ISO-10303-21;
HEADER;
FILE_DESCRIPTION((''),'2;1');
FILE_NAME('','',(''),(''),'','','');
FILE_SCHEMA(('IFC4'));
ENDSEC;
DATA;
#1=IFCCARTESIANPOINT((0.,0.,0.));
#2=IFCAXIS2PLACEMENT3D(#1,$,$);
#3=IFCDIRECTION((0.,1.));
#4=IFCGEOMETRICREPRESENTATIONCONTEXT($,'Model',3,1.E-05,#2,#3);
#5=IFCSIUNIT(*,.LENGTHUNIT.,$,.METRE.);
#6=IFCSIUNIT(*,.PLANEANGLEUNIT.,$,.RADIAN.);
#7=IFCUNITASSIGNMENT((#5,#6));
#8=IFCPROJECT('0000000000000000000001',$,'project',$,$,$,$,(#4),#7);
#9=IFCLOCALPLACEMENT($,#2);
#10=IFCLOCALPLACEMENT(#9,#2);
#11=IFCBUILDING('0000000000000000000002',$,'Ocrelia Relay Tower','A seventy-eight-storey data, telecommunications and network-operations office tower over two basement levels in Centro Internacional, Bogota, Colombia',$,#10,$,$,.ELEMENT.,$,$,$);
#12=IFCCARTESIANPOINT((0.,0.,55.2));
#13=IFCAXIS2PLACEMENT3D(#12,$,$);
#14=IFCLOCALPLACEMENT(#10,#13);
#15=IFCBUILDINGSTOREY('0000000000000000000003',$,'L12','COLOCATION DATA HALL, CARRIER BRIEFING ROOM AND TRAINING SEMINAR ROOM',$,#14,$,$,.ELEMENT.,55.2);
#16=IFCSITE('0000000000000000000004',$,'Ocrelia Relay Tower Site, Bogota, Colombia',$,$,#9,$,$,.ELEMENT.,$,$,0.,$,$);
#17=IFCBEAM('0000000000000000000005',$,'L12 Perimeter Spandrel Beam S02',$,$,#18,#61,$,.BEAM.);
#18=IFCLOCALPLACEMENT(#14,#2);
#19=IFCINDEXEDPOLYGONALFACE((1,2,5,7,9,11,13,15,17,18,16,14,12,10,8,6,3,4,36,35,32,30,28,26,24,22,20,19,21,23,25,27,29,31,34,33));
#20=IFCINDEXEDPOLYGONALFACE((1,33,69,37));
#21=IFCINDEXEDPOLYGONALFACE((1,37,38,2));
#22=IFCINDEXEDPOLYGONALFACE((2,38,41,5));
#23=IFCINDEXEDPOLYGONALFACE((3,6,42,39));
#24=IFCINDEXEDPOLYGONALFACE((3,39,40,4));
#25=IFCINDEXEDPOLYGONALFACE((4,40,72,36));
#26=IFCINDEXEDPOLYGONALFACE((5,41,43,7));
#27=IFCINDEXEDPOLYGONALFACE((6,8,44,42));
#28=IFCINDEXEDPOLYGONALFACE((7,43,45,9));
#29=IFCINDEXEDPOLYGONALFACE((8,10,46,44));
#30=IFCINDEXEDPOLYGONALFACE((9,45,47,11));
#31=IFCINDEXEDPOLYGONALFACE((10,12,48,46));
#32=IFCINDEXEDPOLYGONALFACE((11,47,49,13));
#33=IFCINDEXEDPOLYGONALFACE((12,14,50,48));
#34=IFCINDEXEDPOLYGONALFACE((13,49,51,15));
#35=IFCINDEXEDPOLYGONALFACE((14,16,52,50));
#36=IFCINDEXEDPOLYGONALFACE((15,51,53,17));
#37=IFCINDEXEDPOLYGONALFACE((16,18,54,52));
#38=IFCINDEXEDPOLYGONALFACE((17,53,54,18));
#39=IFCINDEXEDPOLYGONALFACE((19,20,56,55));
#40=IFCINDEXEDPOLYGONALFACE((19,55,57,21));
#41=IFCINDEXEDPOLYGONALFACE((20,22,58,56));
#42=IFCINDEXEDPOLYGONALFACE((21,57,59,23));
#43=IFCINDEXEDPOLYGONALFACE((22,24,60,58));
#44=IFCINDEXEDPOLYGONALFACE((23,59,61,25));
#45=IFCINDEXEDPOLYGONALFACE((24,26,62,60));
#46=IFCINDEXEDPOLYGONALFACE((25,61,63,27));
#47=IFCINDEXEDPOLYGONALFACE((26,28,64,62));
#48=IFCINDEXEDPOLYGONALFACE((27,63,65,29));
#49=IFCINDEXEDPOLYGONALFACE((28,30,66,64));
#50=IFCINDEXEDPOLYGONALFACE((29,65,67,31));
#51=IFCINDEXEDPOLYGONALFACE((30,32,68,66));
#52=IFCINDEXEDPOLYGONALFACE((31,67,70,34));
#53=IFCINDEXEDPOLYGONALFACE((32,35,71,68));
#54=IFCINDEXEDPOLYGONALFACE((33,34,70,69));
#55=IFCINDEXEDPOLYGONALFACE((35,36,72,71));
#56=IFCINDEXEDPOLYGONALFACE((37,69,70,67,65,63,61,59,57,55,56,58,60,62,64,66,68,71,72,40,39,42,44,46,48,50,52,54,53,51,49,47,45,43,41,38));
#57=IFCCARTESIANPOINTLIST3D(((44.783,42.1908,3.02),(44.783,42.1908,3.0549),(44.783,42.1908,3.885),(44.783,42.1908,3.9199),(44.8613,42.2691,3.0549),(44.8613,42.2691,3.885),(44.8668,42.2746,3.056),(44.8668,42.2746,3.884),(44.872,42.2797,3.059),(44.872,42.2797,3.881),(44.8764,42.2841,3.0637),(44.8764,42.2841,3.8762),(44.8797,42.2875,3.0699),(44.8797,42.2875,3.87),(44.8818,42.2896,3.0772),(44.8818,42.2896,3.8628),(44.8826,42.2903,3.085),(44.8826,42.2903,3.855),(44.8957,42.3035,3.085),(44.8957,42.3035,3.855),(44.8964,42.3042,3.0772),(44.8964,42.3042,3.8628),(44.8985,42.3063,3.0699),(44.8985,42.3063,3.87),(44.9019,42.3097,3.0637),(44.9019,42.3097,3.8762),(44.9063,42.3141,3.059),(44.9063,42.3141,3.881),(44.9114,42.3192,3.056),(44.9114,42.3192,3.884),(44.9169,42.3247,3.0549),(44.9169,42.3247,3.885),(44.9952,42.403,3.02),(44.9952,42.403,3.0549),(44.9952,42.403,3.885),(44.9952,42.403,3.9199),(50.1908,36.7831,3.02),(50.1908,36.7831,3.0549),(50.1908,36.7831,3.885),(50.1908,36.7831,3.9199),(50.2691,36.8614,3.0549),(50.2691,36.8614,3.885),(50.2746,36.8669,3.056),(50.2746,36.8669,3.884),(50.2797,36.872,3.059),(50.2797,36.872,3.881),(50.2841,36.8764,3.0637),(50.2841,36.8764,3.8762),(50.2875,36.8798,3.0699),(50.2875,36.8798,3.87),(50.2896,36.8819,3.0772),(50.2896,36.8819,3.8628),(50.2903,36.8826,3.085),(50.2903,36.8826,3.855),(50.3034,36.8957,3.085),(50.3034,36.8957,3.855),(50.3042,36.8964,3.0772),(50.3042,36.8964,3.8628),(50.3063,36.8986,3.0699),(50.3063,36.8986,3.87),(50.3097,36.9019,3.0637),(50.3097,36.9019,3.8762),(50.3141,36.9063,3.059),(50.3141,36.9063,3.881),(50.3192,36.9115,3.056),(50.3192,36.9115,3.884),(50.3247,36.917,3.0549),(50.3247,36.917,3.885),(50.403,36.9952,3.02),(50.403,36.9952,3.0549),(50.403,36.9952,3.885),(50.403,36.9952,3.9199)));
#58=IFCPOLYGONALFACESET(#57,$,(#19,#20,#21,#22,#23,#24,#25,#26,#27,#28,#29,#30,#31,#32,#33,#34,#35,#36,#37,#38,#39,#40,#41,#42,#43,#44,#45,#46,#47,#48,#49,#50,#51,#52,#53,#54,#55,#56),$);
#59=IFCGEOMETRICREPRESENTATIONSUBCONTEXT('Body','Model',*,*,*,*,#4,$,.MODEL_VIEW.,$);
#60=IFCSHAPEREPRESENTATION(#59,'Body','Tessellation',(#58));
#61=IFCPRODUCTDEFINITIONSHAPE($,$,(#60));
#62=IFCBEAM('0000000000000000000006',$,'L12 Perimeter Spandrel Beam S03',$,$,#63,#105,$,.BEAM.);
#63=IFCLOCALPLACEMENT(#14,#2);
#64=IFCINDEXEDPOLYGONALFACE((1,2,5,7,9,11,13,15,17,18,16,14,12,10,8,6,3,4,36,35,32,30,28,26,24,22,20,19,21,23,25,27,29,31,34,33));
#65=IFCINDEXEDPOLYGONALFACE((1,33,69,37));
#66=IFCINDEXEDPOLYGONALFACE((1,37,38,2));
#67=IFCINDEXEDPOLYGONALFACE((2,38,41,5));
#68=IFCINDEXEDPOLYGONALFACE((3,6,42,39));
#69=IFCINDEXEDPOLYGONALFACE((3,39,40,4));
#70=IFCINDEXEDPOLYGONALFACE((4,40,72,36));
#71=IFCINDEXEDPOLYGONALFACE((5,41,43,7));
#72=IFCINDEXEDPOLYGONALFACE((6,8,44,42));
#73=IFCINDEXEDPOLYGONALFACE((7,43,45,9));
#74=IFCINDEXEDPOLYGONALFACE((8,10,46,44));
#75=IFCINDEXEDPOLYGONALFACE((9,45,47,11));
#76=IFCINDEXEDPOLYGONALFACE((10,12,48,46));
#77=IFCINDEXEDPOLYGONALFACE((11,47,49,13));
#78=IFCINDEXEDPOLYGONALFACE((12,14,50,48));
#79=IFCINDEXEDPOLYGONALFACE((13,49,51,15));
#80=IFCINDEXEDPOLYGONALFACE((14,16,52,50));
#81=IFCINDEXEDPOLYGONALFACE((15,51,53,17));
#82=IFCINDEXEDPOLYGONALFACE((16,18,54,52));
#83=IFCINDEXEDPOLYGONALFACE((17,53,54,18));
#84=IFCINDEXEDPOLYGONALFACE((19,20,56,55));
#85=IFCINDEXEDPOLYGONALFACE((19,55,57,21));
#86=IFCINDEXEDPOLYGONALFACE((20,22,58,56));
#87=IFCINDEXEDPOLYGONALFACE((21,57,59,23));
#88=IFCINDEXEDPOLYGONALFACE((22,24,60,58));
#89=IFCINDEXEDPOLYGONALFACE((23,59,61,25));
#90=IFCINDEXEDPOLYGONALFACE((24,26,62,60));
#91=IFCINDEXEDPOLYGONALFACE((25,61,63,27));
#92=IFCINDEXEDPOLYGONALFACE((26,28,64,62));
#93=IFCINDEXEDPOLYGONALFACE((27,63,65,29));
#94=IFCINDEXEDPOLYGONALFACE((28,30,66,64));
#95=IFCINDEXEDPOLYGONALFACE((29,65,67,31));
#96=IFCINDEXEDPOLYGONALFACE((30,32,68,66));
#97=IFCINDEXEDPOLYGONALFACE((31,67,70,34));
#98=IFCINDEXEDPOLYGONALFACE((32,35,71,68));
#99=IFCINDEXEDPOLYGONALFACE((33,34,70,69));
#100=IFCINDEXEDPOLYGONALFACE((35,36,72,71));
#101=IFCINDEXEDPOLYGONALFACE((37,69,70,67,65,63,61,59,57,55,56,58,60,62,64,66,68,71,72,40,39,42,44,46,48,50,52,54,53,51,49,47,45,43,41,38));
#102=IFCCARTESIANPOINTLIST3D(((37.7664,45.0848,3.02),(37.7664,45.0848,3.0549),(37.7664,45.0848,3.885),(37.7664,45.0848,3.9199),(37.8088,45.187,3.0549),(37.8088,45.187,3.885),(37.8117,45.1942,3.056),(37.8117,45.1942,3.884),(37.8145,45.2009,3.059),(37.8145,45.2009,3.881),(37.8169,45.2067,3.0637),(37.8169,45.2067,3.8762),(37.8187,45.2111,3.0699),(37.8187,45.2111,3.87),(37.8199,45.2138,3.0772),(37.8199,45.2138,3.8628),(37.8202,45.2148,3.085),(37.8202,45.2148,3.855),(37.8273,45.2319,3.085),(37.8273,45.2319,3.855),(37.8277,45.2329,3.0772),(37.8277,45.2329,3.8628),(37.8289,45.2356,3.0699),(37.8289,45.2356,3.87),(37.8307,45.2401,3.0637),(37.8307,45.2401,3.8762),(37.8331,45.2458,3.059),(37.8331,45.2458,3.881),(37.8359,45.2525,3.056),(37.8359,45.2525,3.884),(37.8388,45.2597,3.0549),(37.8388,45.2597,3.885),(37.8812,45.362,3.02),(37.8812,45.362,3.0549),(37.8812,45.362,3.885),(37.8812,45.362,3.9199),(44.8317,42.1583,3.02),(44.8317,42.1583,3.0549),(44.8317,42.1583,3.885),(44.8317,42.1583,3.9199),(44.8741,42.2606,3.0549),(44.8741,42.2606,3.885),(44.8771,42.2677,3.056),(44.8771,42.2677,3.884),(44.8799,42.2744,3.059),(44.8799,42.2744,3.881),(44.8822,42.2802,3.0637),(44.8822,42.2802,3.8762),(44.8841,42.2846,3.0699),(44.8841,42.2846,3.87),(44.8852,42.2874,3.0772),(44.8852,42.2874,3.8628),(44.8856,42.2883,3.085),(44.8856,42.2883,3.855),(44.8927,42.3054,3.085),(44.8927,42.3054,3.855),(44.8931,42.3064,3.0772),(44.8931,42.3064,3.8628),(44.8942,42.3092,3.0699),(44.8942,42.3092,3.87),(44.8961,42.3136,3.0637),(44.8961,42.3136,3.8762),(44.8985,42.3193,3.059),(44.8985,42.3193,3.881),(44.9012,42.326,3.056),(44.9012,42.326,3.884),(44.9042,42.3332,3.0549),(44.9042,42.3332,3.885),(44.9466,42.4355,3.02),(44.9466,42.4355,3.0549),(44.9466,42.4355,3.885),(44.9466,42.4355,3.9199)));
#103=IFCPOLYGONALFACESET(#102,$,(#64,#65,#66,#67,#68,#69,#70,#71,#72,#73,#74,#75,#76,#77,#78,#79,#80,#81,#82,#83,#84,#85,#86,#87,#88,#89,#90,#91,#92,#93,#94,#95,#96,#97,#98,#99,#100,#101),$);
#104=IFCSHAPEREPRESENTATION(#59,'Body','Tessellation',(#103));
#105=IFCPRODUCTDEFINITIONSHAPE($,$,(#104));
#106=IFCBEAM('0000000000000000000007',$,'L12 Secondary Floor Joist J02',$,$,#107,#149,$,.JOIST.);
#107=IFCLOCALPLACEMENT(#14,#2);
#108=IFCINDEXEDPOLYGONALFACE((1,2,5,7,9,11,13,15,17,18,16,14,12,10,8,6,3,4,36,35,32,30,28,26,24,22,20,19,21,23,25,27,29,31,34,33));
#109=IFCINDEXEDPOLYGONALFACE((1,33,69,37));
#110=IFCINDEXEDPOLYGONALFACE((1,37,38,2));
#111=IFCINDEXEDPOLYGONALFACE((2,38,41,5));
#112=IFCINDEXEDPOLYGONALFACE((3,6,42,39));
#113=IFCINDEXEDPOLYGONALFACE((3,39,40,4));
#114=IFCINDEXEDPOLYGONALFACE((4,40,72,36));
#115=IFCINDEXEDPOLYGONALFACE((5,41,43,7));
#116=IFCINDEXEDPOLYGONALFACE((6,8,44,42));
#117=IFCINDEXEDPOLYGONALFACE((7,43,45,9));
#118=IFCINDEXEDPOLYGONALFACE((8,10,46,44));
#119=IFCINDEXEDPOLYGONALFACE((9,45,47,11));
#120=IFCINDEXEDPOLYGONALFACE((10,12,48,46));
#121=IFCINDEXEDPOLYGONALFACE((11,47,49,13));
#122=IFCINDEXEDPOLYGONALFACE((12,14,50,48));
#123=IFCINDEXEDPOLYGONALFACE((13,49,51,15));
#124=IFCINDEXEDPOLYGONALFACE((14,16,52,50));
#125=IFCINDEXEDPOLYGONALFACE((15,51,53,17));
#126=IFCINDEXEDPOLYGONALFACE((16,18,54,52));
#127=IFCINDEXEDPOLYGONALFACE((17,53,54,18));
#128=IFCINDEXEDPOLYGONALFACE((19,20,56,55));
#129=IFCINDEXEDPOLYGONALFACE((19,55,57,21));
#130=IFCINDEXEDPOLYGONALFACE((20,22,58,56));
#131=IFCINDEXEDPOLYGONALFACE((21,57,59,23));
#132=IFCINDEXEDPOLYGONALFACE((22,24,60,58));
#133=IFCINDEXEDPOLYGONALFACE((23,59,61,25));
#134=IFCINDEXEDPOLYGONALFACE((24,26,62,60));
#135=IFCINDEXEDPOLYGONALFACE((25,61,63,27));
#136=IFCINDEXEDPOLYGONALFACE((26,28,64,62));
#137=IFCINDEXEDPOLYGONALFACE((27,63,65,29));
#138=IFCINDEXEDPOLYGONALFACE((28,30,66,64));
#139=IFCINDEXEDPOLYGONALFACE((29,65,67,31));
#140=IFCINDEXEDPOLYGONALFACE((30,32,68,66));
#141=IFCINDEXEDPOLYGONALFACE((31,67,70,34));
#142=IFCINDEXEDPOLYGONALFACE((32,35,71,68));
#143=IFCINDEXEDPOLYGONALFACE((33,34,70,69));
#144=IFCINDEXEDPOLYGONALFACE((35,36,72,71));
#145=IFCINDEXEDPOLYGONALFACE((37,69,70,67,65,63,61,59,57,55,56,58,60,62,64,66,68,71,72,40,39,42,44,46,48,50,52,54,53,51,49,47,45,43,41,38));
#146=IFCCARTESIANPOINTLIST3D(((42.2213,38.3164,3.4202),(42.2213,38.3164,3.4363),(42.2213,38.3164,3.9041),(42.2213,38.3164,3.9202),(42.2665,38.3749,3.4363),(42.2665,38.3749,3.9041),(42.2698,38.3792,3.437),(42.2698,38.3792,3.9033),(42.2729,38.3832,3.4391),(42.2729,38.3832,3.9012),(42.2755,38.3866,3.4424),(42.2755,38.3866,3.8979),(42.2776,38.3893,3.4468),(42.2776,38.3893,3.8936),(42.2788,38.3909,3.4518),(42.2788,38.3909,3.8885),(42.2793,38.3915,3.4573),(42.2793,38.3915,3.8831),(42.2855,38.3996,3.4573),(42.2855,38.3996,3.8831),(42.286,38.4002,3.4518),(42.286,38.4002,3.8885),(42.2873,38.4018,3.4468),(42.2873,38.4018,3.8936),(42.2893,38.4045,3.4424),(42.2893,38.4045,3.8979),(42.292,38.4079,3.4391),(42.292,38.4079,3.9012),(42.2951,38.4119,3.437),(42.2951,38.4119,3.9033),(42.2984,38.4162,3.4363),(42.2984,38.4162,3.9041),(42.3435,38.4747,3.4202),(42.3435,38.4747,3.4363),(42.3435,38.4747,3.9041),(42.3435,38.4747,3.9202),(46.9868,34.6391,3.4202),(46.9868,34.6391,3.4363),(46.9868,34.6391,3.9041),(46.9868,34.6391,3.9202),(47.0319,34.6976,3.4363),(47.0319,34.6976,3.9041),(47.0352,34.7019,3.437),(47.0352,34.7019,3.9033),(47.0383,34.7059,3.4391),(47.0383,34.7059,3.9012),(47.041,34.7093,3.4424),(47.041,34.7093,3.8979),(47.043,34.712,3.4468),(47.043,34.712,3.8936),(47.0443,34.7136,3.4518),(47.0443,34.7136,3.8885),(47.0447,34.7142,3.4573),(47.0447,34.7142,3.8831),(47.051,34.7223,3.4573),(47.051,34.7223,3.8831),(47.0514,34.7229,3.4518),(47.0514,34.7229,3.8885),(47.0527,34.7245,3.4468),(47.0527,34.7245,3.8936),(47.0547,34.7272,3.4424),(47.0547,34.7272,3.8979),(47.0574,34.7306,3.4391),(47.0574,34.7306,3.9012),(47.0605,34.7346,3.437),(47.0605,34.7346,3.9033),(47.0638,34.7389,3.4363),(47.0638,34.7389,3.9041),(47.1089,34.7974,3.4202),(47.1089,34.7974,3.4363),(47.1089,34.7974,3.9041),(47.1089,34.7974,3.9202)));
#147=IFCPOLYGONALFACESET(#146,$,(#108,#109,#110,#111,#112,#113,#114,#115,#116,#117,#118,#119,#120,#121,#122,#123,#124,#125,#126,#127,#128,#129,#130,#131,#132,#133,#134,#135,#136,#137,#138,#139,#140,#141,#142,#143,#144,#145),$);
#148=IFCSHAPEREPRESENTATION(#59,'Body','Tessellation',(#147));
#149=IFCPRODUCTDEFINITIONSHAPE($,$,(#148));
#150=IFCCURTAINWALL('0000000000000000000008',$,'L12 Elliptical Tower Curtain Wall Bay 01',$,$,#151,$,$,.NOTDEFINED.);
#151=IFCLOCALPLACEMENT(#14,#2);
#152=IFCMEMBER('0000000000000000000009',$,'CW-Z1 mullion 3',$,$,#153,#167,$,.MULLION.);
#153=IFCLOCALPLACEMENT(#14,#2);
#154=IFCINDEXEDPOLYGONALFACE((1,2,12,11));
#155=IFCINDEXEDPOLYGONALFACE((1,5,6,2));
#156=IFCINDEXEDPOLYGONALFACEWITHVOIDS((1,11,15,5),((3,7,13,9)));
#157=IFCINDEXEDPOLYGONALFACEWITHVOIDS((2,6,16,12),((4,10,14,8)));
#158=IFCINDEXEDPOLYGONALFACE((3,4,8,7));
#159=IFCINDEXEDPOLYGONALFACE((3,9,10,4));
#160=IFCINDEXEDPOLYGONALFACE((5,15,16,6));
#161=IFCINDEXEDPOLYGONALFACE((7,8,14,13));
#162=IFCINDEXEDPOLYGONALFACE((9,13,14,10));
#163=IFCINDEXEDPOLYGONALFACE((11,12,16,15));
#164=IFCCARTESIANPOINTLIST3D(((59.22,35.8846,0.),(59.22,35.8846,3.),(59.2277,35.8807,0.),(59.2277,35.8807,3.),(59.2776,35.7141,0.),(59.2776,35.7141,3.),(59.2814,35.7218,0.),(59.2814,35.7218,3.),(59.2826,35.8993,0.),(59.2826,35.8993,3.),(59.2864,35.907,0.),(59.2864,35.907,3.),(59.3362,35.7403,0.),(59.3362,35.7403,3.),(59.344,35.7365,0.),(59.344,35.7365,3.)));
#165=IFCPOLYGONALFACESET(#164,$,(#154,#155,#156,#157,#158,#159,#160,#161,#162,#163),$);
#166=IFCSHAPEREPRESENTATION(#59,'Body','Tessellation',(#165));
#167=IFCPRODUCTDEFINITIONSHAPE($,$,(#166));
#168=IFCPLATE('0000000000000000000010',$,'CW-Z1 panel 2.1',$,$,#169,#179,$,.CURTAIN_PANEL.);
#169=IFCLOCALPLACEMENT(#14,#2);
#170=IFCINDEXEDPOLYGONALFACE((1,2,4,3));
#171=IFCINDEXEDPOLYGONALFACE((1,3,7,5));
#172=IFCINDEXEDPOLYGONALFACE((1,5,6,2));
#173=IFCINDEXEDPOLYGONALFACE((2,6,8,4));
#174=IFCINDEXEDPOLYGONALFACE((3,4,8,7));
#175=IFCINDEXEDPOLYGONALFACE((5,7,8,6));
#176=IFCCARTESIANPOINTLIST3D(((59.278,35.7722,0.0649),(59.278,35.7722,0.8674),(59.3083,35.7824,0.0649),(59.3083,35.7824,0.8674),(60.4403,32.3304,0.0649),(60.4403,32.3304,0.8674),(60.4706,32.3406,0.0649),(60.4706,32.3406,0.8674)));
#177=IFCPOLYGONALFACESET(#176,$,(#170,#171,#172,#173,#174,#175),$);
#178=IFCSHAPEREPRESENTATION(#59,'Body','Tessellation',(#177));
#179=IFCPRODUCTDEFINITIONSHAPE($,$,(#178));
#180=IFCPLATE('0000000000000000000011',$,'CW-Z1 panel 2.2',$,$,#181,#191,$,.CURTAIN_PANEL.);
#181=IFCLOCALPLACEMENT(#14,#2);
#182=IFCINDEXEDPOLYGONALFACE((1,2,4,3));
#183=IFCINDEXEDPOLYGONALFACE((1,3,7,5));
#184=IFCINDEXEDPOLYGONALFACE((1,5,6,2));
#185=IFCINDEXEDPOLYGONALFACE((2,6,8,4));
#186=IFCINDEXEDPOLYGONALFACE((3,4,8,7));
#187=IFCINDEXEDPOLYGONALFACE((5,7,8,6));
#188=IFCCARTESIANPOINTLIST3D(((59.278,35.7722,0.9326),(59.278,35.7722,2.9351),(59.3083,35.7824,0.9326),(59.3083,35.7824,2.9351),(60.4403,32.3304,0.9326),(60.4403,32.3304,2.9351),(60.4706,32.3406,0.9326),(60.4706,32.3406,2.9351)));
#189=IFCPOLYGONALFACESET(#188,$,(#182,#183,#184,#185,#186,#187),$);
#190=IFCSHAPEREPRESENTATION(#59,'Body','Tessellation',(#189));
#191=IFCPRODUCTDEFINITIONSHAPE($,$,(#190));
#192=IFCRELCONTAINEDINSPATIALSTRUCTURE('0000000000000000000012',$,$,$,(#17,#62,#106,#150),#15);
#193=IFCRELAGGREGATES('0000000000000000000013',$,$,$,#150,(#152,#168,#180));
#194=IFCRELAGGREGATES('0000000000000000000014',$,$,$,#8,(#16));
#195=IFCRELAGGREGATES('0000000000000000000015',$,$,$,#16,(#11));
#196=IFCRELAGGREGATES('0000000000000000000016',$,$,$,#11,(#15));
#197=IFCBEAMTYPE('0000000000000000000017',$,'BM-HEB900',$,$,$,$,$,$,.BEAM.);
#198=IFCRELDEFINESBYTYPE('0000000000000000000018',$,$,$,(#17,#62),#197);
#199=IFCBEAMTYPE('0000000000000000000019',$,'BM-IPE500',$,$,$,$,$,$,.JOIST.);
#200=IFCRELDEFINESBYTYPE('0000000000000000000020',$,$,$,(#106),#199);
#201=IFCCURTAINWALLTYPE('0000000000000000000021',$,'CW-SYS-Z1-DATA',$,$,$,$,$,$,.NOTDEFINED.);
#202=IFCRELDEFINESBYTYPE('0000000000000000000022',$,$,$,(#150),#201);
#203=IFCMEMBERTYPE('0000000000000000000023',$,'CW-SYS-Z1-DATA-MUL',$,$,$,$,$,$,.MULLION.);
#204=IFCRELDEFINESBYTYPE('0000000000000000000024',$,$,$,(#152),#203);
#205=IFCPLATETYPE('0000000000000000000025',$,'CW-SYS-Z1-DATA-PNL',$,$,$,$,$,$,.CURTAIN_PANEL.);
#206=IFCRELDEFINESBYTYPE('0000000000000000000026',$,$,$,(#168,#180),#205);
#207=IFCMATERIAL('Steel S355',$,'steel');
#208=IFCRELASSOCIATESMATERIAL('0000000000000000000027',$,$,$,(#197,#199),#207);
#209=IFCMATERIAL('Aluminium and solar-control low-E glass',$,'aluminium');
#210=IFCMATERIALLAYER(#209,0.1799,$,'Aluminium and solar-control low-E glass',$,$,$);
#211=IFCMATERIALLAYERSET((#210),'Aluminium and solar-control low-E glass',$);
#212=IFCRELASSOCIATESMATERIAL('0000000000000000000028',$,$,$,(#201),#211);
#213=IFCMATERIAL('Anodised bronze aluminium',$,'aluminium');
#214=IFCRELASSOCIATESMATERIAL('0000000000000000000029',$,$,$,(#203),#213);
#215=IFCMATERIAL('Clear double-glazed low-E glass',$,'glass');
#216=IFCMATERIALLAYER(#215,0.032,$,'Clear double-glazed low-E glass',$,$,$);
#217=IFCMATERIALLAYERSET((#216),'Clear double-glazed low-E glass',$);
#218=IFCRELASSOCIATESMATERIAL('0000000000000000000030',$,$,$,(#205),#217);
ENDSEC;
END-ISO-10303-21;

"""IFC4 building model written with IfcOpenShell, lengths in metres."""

from ifc_helpers import new_model, si_unit, direction, frame, origin, origin_2d, place, context, subcontext, project, spatial, rectangle, hollow_rectangle, i_section, extrude, material, layer, layer_set, material_profile, profile_set, type_object, element, aggregate, save


model = new_model("IFC4")

# Units and contexts
model_context = context("Model", 3, precision=1e-05, world=origin(), true_north=direction((0.0, 1.0)))
body_context = subcontext(model_context, "Body", "Model", "MODEL_VIEW")
ifc_project = project(units=[si_unit("LENGTHUNIT", "METRE"), si_unit("PLANEANGLEUNIT", "RADIAN")], contexts=[model_context])

# Site, building, storey
site_placement = place(None, origin())
site = spatial("IfcSite", under=ifc_project, at=site_placement, Name="Ocrelia Relay Tower Site, Bogota, Colombia", CompositionType="ELEMENT", RefElevation=0.0)
building_placement = place(site_placement, origin())
building = spatial("IfcBuilding", under=site, at=building_placement, Name="Ocrelia Relay Tower", Description="A seventy-eight-storey data, telecommunications and network-operations office tower over two basement levels in Centro Internacional, Bogota, Colombia", CompositionType="ELEMENT")
storey_placement = place(building_placement, frame((0.0, 0.0, 55.2)))
storey = spatial("IfcBuildingStorey", under=building, at=storey_placement, Name="L12", Description="COLOCATION DATA HALL, CARRIER BRIEFING ROOM AND TRAINING SEMINAR ROOM", CompositionType="ELEMENT", Elevation=55.2)

# Beams
ifc_material_1 = material(Name="Steel S355", Category="steel")
ifc_material_profile_1 = material_profile(ifc_material_1, i_section(OverallWidth=0.3, OverallDepth=0.8999, WebThickness=0.0186, FlangeThickness=0.0349, FilletRadius=0.03, at=origin_2d()), Name="HEB 900")
ifc_profile_set_1 = profile_set([ifc_material_profile_1], Name="Steel S355")
beam_type_1 = type_object("IfcBeamType", Name="BM-HEB900", PredefinedType="BEAM", material=ifc_profile_set_1)
beam_1_placement = place(storey_placement, frame((50.2969, 36.8892, 3.47), z_axis=(-0.707107, 0.707107, 0.0), x_axis=(-0.707107, -0.707107, 0.0)))
element("IfcBeam", 1, at=beam_1_placement, inside=storey, type_object=beam_type_1, Name="L12 Perimeter Spandrel Beam S02", PredefinedType="BEAM", context=body_context, shape_type="SweptSolid", body=[
    extrude(i_section(OverallWidth=0.3, OverallDepth=0.8999, WebThickness=0.0186, FlangeThickness=0.0349, FilletRadius=0.03, at=origin_2d()), origin(), (0.0, 0.0, 1.0), 7.6477),
])
beam_2_placement = place(storey_placement, frame((44.8892, 42.2969, 3.47), z_axis=(-0.923883, 0.382674, 0.0), x_axis=(-0.382674, -0.923883, 0.0)))
element("IfcBeam", 2, at=beam_2_placement, inside=storey, type_object=beam_type_1, Name="L12 Perimeter Spandrel Beam S03", PredefinedType="BEAM", context=body_context, shape_type="SweptSolid", body=[
    extrude(i_section(OverallWidth=0.3, OverallDepth=0.8999, WebThickness=0.0186, FlangeThickness=0.0349, FilletRadius=0.03, at=origin_2d()), origin(), (0.0, 0.0, 1.0), 7.6475),
])
ifc_material_profile_2 = material_profile(ifc_material_1, i_section(OverallWidth=0.2, OverallDepth=0.5, WebThickness=0.0103, FlangeThickness=0.0161, FilletRadius=0.021, at=origin_2d()), Name="IPE 500")
ifc_profile_set_2 = profile_set([ifc_material_profile_2], Name="Steel S355")
beam_type_2 = type_object("IfcBeamType", Name="BM-IPE500", PredefinedType="JOIST", material=ifc_profile_set_2)
beam_3_placement = place(storey_placement, frame((47.0479, 34.7183, 3.6702), z_axis=(-0.791694, 0.610918, 0.0), x_axis=(-0.610918, -0.791694, 0.0)))
element("IfcBeam", 3, at=beam_3_placement, inside=storey, type_object=beam_type_2, Name="L12 Secondary Floor Joist J02", PredefinedType="JOIST", context=body_context, shape_type="SweptSolid", body=[
    extrude(i_section(OverallWidth=0.2, OverallDepth=0.5, WebThickness=0.0103, FlangeThickness=0.0161, FilletRadius=0.021, at=origin_2d()), origin(), (0.0, 0.0, 1.0), 6.0193),
])

# Curtain wall, member, plates
ifc_material_2 = material(Name="Aluminium and solar-control low-E glass", Category="aluminium")
ifc_layer_1 = layer(ifc_material_2, 0.1799, Name="Aluminium and solar-control low-E glass")
ifc_layer_set_1 = layer_set([ifc_layer_1], Name="Aluminium and solar-control low-E glass")
curtain_wall_type = type_object("IfcCurtainWallType", Name="CW-SYS-Z1-DATA", PredefinedType="NOTDEFINED", material=ifc_layer_set_1)
curtain_wall_placement = place(storey_placement, origin())
curtain_wall = element("IfcCurtainWall", 4, at=curtain_wall_placement, inside=storey, type_object=curtain_wall_type, Name="L12 Elliptical Tower Curtain Wall Bay 01", PredefinedType="NOTDEFINED")
ifc_material_3 = material(Name="Anodised bronze aluminium", Category="aluminium")
ifc_material_profile_3 = material_profile(ifc_material_3, hollow_rectangle(XDim=0.0701, YDim=0.1799, WallThickness=0.0061, at=origin_2d()), Name="CW-MUL-180x70")
ifc_profile_set_3 = profile_set([ifc_material_profile_3], Name="Anodised bronze aluminium")
member_type = type_object("IfcMemberType", Name="CW-SYS-Z1-DATA-MUL", PredefinedType="MULLION", material=ifc_profile_set_3)
member_placement = place(storey_placement, frame((59.282, 35.8105, 0.0), z_axis=(0.0, 0.0, 1.0), x_axis=(-0.947433, -0.319954, 0.0)))
member = element("IfcMember", 5, at=member_placement, type_object=member_type, Name="CW-Z1 mullion 3", PredefinedType="MULLION", context=body_context, shape_type="SweptSolid", body=[
    extrude(hollow_rectangle(XDim=0.0701, YDim=0.1799, WallThickness=0.0061, at=origin_2d()), origin(), (0.0, 0.0, 1.0), 3.0),
])
ifc_material_4 = material(Name="Clear double-glazed low-E glass", Category="glass")
ifc_layer_2 = layer(ifc_material_4, 0.032, Name="Clear double-glazed low-E glass")
ifc_layer_set_2 = layer_set([ifc_layer_2], Name="Clear double-glazed low-E glass")
plate_type = type_object("IfcPlateType", Name="CW-SYS-Z1-DATA-PNL", PredefinedType="CURTAIN_PANEL", material=ifc_layer_set_2)
plate_1_placement = place(storey_placement, frame((59.8743, 34.0564, 0.0649), z_axis=(0.0, 0.0, 1.0), x_axis=(-0.319954, 0.947433, 0.0)))
plate_1 = element("IfcPlate", 6, at=plate_1_placement, type_object=plate_type, Name="CW-Z1 panel 2.1", PredefinedType="CURTAIN_PANEL", context=body_context, shape_type="SweptSolid", body=[
    extrude(rectangle(XDim=3.6328, YDim=0.032, at=origin_2d()), origin(), (0.0, 0.0, 1.0), 0.8025),
])
plate_2_placement = place(storey_placement, frame((59.8743, 34.0564, 0.9326), z_axis=(0.0, 0.0, 1.0), x_axis=(-0.319954, 0.947433, 0.0)))
plate_2 = element("IfcPlate", 7, at=plate_2_placement, type_object=plate_type, Name="CW-Z1 panel 2.2", PredefinedType="CURTAIN_PANEL", context=body_context, shape_type="SweptSolid", body=[
    extrude(rectangle(XDim=3.6328, YDim=0.032, at=origin_2d()), origin(), (0.0, 0.0, 1.0), 2.0024),
])
aggregate(curtain_wall, [member, plate_1, plate_2])

save(model, "model.ifc")
